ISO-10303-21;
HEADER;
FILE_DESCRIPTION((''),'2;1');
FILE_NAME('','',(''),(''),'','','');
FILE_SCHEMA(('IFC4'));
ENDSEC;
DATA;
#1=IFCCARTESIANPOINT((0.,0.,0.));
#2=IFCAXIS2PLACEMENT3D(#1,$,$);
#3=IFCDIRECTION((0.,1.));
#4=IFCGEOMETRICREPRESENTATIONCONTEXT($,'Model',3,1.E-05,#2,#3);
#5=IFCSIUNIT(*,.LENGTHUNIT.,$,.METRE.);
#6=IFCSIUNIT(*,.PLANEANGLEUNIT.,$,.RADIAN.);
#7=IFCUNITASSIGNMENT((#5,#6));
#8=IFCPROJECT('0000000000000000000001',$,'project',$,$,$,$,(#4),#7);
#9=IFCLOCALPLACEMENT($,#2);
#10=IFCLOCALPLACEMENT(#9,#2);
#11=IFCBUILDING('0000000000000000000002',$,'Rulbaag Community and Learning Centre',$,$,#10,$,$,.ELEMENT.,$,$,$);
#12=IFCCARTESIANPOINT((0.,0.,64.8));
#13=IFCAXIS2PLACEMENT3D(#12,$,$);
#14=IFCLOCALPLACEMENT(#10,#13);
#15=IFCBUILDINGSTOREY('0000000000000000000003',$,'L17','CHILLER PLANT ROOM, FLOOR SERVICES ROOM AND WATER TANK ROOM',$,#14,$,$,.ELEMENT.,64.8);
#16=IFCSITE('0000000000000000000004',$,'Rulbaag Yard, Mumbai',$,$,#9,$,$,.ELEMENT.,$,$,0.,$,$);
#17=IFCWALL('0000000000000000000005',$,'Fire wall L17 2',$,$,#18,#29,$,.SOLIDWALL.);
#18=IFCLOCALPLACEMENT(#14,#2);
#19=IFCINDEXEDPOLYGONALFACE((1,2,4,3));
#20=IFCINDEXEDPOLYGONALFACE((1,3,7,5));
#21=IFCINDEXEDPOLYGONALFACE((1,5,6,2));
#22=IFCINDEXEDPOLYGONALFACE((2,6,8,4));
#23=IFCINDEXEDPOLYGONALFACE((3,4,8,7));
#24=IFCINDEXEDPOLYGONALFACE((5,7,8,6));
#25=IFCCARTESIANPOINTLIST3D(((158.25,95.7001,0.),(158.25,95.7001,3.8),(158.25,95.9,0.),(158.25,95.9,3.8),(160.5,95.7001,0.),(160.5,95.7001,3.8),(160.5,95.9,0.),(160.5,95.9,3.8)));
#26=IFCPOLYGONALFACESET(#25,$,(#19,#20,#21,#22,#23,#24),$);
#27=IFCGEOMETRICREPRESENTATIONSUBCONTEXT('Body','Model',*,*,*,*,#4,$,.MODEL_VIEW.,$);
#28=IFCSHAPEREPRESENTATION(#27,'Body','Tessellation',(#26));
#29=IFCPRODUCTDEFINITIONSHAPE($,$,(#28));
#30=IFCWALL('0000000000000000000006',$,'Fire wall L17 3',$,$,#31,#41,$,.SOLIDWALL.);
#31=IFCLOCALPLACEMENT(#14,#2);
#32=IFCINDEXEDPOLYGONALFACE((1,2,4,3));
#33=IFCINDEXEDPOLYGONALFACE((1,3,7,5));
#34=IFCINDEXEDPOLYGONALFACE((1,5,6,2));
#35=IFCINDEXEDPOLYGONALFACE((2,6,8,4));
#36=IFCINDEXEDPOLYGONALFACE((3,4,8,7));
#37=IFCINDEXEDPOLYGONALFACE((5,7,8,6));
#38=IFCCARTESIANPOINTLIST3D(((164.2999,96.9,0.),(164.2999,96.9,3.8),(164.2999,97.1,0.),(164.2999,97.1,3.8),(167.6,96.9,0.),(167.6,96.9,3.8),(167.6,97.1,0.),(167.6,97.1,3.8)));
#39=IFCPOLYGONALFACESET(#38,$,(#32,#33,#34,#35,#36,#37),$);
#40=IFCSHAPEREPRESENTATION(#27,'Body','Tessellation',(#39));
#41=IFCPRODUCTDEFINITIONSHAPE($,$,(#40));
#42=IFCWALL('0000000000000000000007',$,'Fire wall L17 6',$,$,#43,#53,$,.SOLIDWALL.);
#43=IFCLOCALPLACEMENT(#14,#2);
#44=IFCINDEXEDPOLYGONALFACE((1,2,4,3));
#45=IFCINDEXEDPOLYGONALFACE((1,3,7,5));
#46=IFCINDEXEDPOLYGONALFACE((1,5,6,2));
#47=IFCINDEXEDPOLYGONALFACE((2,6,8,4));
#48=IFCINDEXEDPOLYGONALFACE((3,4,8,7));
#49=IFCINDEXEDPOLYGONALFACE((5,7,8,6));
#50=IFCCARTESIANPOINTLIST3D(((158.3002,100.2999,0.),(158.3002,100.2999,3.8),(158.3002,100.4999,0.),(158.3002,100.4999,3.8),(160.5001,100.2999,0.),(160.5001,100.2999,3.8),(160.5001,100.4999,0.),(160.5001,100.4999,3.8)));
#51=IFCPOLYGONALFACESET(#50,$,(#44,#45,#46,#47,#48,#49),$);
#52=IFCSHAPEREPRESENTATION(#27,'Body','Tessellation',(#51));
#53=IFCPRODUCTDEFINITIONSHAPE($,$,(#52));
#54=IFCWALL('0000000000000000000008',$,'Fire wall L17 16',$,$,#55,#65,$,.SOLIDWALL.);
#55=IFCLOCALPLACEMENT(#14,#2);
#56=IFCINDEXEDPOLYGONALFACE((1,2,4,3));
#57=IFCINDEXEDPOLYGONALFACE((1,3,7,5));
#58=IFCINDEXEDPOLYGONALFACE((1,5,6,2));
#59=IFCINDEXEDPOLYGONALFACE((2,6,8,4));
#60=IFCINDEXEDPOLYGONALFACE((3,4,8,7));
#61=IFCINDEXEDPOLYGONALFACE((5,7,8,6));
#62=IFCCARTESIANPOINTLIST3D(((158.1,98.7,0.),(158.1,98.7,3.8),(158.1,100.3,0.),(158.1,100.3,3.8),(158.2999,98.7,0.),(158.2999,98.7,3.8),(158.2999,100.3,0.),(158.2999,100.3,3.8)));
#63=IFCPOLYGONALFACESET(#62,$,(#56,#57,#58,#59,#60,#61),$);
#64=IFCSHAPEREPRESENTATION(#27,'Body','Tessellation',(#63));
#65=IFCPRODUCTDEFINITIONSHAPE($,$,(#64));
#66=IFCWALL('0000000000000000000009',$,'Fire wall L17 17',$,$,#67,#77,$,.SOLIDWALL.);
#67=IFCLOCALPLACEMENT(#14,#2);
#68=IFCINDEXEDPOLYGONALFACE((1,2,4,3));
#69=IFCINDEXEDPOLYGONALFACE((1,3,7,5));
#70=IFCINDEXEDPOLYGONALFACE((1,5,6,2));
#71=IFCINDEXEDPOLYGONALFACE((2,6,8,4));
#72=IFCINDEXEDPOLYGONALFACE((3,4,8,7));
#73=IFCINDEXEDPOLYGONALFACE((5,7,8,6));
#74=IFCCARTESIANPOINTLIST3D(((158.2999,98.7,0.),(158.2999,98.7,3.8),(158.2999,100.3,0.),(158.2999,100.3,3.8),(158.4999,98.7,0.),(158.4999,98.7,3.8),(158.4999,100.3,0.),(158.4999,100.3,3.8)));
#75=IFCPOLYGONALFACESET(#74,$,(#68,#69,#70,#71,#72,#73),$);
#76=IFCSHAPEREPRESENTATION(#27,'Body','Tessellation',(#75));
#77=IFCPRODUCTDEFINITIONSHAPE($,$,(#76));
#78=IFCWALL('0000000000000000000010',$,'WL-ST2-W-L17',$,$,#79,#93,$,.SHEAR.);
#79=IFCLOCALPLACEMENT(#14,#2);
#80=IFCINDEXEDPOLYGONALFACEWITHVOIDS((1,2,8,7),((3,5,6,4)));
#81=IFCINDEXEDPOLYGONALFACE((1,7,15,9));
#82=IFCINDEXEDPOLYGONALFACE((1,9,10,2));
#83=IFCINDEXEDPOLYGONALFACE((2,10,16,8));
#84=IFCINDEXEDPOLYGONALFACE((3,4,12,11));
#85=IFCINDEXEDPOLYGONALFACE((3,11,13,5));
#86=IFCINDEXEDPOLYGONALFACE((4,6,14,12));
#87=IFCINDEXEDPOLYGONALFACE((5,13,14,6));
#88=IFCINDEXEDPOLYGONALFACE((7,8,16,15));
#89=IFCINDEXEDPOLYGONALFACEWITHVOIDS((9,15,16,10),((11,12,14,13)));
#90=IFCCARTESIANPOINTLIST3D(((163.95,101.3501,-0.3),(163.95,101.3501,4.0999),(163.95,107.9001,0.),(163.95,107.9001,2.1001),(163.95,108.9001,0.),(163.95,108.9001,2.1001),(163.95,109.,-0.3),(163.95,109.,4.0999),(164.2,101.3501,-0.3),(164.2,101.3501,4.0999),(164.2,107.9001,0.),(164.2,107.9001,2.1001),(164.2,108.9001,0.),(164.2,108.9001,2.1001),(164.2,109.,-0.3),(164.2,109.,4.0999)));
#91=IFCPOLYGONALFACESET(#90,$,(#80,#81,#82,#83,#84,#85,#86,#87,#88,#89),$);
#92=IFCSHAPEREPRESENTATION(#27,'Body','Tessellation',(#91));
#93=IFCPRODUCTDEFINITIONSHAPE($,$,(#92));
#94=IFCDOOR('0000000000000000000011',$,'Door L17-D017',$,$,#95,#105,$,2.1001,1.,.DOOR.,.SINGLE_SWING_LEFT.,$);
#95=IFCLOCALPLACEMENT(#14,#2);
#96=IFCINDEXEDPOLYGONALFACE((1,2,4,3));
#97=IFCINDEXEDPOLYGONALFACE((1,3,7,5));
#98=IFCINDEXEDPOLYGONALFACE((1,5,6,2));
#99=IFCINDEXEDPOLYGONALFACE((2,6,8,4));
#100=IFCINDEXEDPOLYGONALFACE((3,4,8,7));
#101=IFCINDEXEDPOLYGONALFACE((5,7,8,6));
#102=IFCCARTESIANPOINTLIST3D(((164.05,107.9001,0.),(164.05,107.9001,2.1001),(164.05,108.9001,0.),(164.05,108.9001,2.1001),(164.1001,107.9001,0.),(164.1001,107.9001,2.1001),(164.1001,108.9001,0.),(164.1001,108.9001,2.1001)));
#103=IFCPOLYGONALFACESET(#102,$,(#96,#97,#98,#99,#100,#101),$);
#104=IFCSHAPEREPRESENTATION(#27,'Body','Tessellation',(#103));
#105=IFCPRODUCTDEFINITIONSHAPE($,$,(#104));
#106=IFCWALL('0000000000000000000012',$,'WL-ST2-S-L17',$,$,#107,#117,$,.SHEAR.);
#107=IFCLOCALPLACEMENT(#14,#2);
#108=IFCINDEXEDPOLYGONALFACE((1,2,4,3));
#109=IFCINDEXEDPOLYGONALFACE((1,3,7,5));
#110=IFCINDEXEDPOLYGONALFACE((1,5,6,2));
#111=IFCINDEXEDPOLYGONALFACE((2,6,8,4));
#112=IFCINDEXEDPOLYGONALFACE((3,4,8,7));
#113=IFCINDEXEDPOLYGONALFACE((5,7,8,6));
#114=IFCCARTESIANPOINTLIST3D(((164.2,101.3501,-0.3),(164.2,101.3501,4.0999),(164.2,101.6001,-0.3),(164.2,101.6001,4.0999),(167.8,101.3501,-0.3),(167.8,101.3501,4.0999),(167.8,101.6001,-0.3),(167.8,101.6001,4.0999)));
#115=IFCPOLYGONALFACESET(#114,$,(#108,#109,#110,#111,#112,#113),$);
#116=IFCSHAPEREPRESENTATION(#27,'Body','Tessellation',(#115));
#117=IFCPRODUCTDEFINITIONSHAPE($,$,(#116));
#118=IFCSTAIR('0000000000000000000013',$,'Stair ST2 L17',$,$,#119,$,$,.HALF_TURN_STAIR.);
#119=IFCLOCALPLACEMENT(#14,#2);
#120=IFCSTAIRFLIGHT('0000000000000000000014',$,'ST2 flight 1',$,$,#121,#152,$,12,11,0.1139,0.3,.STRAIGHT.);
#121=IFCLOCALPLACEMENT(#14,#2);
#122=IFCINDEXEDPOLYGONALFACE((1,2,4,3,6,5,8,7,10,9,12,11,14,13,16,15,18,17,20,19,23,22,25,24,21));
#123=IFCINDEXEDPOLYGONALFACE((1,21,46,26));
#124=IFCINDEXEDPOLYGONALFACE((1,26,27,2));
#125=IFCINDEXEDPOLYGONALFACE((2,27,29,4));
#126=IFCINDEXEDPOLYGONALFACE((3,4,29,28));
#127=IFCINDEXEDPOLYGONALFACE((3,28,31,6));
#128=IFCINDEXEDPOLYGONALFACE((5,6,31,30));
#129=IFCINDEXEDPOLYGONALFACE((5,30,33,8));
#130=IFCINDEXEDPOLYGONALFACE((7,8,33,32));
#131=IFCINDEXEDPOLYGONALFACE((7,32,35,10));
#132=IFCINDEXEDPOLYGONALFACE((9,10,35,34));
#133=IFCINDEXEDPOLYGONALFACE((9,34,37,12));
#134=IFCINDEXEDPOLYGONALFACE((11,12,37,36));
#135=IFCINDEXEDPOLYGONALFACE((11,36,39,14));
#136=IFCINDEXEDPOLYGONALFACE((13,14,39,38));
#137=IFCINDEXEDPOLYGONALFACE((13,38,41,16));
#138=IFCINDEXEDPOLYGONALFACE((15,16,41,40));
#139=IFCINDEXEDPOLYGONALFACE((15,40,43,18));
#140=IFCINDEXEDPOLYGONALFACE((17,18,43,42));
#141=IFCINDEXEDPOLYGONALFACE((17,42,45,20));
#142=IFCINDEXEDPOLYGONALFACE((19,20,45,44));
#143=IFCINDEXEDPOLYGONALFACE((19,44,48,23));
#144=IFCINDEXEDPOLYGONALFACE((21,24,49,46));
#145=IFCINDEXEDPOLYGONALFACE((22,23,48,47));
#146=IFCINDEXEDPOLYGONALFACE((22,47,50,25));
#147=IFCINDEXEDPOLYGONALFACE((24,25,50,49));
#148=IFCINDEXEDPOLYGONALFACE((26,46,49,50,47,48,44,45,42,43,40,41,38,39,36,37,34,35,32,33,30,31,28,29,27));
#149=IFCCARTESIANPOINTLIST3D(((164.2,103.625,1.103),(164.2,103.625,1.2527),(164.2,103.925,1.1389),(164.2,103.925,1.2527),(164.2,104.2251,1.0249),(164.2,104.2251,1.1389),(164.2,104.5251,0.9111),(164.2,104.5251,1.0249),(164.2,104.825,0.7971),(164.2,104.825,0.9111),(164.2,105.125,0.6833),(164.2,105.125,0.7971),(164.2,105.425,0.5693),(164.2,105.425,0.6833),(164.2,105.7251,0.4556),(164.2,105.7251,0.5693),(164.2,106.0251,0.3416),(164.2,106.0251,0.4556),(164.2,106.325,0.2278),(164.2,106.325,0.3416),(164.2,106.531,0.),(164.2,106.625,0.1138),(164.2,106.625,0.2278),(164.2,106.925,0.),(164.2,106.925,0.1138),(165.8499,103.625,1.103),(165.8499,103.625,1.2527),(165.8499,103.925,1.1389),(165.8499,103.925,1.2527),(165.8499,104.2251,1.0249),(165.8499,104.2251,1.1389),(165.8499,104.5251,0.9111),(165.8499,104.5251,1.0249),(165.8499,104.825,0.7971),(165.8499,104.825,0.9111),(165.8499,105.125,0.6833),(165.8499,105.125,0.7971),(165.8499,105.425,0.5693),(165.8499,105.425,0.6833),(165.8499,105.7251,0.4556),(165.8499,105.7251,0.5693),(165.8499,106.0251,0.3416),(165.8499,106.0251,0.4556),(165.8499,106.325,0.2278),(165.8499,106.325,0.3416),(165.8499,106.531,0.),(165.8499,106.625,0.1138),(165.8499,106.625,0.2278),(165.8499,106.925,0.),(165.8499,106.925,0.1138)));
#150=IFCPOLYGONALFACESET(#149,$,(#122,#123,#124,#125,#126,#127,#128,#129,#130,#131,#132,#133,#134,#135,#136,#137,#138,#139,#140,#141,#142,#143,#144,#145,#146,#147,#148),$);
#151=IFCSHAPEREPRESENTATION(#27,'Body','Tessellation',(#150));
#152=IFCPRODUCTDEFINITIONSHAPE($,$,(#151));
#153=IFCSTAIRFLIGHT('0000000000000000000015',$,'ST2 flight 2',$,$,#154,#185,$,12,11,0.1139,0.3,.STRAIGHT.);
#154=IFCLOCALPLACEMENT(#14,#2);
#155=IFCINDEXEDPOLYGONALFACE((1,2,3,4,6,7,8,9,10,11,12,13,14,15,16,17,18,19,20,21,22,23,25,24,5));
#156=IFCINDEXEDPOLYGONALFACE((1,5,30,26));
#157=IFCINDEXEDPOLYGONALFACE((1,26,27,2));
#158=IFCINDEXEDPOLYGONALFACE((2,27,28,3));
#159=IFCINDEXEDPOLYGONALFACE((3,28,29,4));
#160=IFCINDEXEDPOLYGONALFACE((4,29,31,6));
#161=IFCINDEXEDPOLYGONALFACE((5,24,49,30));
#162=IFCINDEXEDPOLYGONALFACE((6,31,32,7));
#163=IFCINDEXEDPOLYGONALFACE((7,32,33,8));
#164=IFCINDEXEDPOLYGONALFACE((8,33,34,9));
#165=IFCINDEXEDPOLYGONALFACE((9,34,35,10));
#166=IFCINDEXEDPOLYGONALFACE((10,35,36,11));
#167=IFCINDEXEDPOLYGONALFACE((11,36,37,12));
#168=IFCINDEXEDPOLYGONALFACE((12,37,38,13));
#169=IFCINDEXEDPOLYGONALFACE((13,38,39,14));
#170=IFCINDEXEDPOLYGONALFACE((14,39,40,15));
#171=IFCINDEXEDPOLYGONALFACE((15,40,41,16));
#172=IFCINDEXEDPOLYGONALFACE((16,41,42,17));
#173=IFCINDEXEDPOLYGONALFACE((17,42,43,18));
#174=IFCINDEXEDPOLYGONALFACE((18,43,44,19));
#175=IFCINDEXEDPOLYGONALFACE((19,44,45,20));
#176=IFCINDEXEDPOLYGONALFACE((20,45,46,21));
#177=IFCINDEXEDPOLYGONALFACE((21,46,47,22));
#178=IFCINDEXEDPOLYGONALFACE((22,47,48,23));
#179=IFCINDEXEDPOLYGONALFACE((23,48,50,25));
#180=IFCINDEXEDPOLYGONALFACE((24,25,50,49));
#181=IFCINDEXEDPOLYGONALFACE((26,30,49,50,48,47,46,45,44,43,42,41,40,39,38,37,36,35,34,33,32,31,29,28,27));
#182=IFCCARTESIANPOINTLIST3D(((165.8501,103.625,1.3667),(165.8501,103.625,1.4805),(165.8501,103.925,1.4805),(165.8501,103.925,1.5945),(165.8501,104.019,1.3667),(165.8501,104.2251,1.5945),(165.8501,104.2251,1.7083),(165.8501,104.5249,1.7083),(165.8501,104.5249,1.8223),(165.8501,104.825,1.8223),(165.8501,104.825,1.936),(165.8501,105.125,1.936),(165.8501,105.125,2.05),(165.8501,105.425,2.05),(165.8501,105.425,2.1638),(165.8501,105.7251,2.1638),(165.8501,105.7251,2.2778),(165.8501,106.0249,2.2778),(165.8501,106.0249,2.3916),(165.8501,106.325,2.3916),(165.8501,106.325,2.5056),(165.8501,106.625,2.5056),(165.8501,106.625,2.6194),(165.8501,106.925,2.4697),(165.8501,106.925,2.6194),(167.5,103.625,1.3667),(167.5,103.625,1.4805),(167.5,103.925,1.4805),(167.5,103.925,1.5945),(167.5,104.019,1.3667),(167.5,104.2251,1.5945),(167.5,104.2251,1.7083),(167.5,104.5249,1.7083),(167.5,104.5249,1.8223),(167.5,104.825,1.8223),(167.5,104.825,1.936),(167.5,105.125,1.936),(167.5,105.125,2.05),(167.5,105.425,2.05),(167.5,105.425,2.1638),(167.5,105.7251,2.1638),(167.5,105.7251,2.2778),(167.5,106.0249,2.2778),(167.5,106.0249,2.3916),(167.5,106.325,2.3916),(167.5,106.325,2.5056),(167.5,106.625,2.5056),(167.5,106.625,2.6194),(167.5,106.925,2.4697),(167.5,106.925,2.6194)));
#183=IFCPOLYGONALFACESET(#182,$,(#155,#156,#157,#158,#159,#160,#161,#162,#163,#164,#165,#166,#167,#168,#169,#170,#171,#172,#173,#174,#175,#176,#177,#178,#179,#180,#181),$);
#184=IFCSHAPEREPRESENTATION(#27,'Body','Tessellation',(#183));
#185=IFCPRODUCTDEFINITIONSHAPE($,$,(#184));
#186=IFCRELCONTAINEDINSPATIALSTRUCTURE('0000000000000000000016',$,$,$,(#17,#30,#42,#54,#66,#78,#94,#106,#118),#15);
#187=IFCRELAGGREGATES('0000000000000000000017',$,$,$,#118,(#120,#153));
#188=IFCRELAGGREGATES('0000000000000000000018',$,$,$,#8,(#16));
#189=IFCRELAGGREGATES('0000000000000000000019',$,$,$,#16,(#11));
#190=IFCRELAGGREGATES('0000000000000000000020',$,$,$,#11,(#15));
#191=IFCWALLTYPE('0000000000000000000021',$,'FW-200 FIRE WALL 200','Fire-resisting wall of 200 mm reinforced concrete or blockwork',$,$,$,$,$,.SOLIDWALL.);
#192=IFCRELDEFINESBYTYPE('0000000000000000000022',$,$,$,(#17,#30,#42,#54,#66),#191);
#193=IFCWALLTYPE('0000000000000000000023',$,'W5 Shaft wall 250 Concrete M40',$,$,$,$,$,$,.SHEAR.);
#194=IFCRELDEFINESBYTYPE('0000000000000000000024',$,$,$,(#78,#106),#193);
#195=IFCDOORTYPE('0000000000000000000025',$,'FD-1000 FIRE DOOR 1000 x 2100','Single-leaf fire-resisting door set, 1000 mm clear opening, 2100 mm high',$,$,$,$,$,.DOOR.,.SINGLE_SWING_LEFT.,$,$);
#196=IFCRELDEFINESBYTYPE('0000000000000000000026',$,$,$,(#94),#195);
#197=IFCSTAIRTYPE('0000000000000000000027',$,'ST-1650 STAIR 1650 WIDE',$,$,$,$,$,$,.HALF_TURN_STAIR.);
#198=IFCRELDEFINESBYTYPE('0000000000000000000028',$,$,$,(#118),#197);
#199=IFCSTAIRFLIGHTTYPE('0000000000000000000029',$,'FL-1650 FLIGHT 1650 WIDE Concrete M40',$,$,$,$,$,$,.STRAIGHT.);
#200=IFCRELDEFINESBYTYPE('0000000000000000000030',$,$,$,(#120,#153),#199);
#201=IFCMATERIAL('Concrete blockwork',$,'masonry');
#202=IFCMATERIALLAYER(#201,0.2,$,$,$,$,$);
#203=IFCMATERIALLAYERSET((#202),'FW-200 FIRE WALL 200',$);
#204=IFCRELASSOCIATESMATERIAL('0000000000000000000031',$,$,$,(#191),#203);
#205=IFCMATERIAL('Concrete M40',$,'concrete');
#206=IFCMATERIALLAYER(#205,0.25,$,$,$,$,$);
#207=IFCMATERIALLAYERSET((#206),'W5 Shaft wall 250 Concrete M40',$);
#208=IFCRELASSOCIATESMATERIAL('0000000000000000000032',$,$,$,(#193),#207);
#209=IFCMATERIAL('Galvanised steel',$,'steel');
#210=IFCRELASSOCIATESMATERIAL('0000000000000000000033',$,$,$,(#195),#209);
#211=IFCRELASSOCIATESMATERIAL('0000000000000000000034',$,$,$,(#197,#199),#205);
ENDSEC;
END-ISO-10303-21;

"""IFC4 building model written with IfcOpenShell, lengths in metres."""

from ifc_helpers import new_model, si_unit, direction, frame, frame_2d, origin, place, context, subcontext, project, spatial, polyline, rectangle, outline, extrude, material, layer, layer_set, type_object, element, fill, aggregate, save


model = new_model("IFC4")

# Units and contexts
model_context = context("Model", 3, precision=1e-05, world=origin(), true_north=direction((0.0, 1.0)))
body_context = subcontext(model_context, "Body", "Model", "MODEL_VIEW")
ifc_project = project(units=[si_unit("LENGTHUNIT", "METRE"), si_unit("PLANEANGLEUNIT", "RADIAN")], contexts=[model_context])

# Site, building, storey
site_placement = place(None, origin())
site = spatial("IfcSite", under=ifc_project, at=site_placement, Name="Rulbaag Yard, Mumbai", CompositionType="ELEMENT", RefElevation=0.0)
building_placement = place(site_placement, origin())
building = spatial("IfcBuilding", under=site, at=building_placement, Name="Rulbaag Community and Learning Centre", CompositionType="ELEMENT")
storey_placement = place(building_placement, frame((0.0, 0.0, 64.8)))
storey = spatial("IfcBuildingStorey", under=building, at=storey_placement, Name="L17", Description="CHILLER PLANT ROOM, FLOOR SERVICES ROOM AND WATER TANK ROOM", CompositionType="ELEMENT", Elevation=64.8)

# Walls
ifc_material_1 = material(Name="Concrete blockwork", Category="masonry")
ifc_layer_1 = layer(ifc_material_1, 0.2)
ifc_layer_set_1 = layer_set([ifc_layer_1], Name="FW-200 FIRE WALL 200")
wall_type_1 = type_object("IfcWallType", Name="FW-200 FIRE WALL 200", Description="Fire-resisting wall of 200 mm reinforced concrete or blockwork", PredefinedType="SOLIDWALL", material=ifc_layer_set_1)
wall_1_placement = place(storey_placement, frame((158.25, 95.8, 0.0), z_axis=(0.0, 0.0, 1.0), x_axis=(1.0, 0.0, 0.0)))
element("IfcWall", 1, at=wall_1_placement, inside=storey, type_object=wall_type_1, Name="Fire wall L17 2", PredefinedType="SOLIDWALL", context=body_context, shape_type="SweptSolid", body=[
    extrude(rectangle(XDim=2.25, YDim=0.2, at=frame_2d((1.125, 0.0))), origin(), (0.0, 0.0, 1.0), 3.8),
])
wall_2_placement = place(storey_placement, frame((164.3, 97.0, 0.0), z_axis=(0.0, 0.0, 1.0), x_axis=(1.0, 0.0, 0.0)))
element("IfcWall", 2, at=wall_2_placement, inside=storey, type_object=wall_type_1, Name="Fire wall L17 3", PredefinedType="SOLIDWALL", context=body_context, shape_type="SweptSolid", body=[
    extrude(rectangle(XDim=3.3, YDim=0.2, at=frame_2d((1.6499, 0.0))), origin(), (0.0, 0.0, 1.0), 3.8),
])
wall_3_placement = place(storey_placement, frame((158.3, 100.3999, 0.0), z_axis=(0.0, 0.0, 1.0), x_axis=(1.0, 0.0, 0.0)))
element("IfcWall", 3, at=wall_3_placement, inside=storey, type_object=wall_type_1, Name="Fire wall L17 6", PredefinedType="SOLIDWALL", context=body_context, shape_type="SweptSolid", body=[
    extrude(rectangle(XDim=2.2, YDim=0.2, at=frame_2d((1.1001, 0.0))), origin(), (0.0, 0.0, 1.0), 3.8),
])
for number, where, z_axis, x_axis, name in (
    (4, (158.2, 98.7, 0.0), (0.0, 0.0, 1.0), (0.0, 1.0, 0.0), "Fire wall L17 16"),
    (5, (158.3999, 98.7, 0.0), (0.0, 0.0, 1.0), (0.0, 1.0, 0.0), "Fire wall L17 17"),
):
    element("IfcWall", number, at=place(storey_placement, frame(where, z_axis=z_axis, x_axis=x_axis)), inside=storey, type_object=wall_type_1, Name=name, PredefinedType="SOLIDWALL", context=body_context, shape_type="SweptSolid", body=[
        extrude(rectangle(XDim=1.6001, YDim=0.2, at=frame_2d((0.8, 0.0))), origin(), (0.0, 0.0, 1.0), 3.8),
    ])

# Wall, opening, door
ifc_material_2 = material(Name="Concrete M40", Category="concrete")
ifc_layer_2 = layer(ifc_material_2, 0.25)
ifc_layer_set_2 = layer_set([ifc_layer_2], Name="W5 Shaft wall 250 Concrete M40")
wall_type_2 = type_object("IfcWallType", Name="W5 Shaft wall 250 Concrete M40", PredefinedType="SHEAR", material=ifc_layer_set_2)
wall_4_placement = place(storey_placement, frame((164.075, 101.3501, -0.3), z_axis=(0.0, 0.0, 1.0), x_axis=(0.0, 1.0, 0.0)))
wall_4 = element("IfcWall", 6, at=wall_4_placement, inside=storey, type_object=wall_type_2, Name="WL-ST2-W-L17", PredefinedType="SHEAR", context=body_context, shape_type="SweptSolid", body=[
    extrude(rectangle(XDim=7.6499, YDim=0.25, at=frame_2d((3.825, 0.0))), origin(), (0.0, 0.0, 1.0), 4.3999),
])
opening_1_placement = place(wall_4_placement, frame((6.55, 0.0, 0.3)))
opening_1 = element("IfcOpeningElement", 7, at=opening_1_placement, cuts=wall_4, PredefinedType="OPENING", context=body_context, shape_type="SweptSolid", body=[
    extrude(rectangle(XDim=1.0, YDim=2.1001, at=frame_2d((0.5, 1.05))), frame((0.0, 0.135, 0.0), z_axis=(0.0, -1.0, 0.0), x_axis=(1.0, 0.0, 0.0)), (0.0, 0.0, 1.0), 0.27),
])
ifc_material_3 = material(Name="Galvanised steel", Category="steel")
door_type = type_object("IfcDoorType", Name="FD-1000 FIRE DOOR 1000 x 2100", Description="Single-leaf fire-resisting door set, 1000 mm clear opening, 2100 mm high", OperationType="SINGLE_SWING_LEFT", PredefinedType="DOOR", material=ifc_material_3)
door_placement = place(opening_1_placement, origin())
door = element("IfcDoor", 8, at=door_placement, inside=storey, type_object=door_type, Name="Door L17-D017", OperationType="SINGLE_SWING_LEFT", OverallHeight=2.1001, OverallWidth=1.0, PredefinedType="DOOR", context=body_context, shape_type="SweptSolid", body=[
    extrude(rectangle(XDim=1.0, YDim=2.1001, at=frame_2d((0.5, 1.05))), frame((0.0, 0.0249, 0.0), z_axis=(0.0, -1.0, 0.0), x_axis=(1.0, 0.0, 0.0)), (0.0, 0.0, 1.0), 0.05),
])
fill(opening_1, door)

# Wall
wall_5_placement = place(storey_placement, frame((164.2, 101.4751, -0.3), z_axis=(0.0, 0.0, 1.0), x_axis=(1.0, 0.0, 0.0)))
element("IfcWall", 9, at=wall_5_placement, inside=storey, type_object=wall_type_2, Name="WL-ST2-S-L17", PredefinedType="SHEAR", context=body_context, shape_type="SweptSolid", body=[
    extrude(rectangle(XDim=3.6001, YDim=0.25, at=frame_2d((1.8, 0.0))), origin(), (0.0, 0.0, 1.0), 4.3999),
])

# Stair, stair flights
stair_type = type_object("IfcStairType", Name="ST-1650 STAIR 1650 WIDE", PredefinedType="HALF_TURN_STAIR", material=ifc_material_2)
stair_placement = place(storey_placement, origin())
stair = element("IfcStair", 10, at=stair_placement, inside=storey, type_object=stair_type, Name="Stair ST2 L17", PredefinedType="HALF_TURN_STAIR")
stair_flight_type = type_object("IfcStairFlightType", Name="FL-1650 FLIGHT 1650 WIDE Concrete M40", PredefinedType="STRAIGHT", material=ifc_material_2)
stair_flight_1_placement = place(storey_placement, frame((165.0249, 106.925, 0.0), z_axis=(0.0, 0.0, 1.0), x_axis=(0.0, -1.0, 0.0)))
stair_flight_1 = element("IfcStairFlight", 11, at=stair_flight_1_placement, type_object=stair_flight_type, Name="ST2 flight 1", NumberOfRisers=12, NumberOfTreads=11, PredefinedType="STRAIGHT", RiserHeight=0.1139, TreadLength=0.3, context=body_context, shape_type="SweptSolid", body=[
    extrude(outline(polyline([(0.0, 0.0), (0.0, 0.1138), (0.3, 0.1138), (0.3, 0.2278), (0.6001, 0.2278), (0.6001, 0.3416), (0.8999, 0.3416), (0.8999, 0.4556), (1.2, 0.4556), (1.2, 0.5693), (1.5, 0.5693), (1.5, 0.6833), (1.8, 0.6833), (1.8, 0.7971), (2.1001, 0.7971), (2.1001, 0.9111), (2.3999, 0.9111), (2.3999, 1.0249), (2.7, 1.0249), (2.7, 1.1389), (3.0, 1.1389), (3.0, 1.2527), (3.3, 1.2527), (3.3, 1.103), (0.394, 0.0), (0.0, 0.0)])), frame((0.0, 0.825, 0.0), z_axis=(0.0, -1.0, 0.0), x_axis=(1.0, 0.0, 0.0)), (0.0, 0.0, 1.0), 1.6499),
])
stair_flight_2_placement = place(storey_placement, frame((166.675, 103.625, 1.3667), z_axis=(0.0, 0.0, 1.0), x_axis=(0.0, 1.0, 0.0)))
stair_flight_2 = element("IfcStairFlight", 12, at=stair_flight_2_placement, type_object=stair_flight_type, Name="ST2 flight 2", NumberOfRisers=12, NumberOfTreads=11, PredefinedType="STRAIGHT", RiserHeight=0.1139, TreadLength=0.3, context=body_context, shape_type="SweptSolid", body=[
    extrude(outline(polyline([(0.0, 0.0), (0.0, 0.1138), (0.3, 0.1138), (0.3, 0.2278), (0.6001, 0.2278), (0.6001, 0.3416), (0.8999, 0.3416), (0.8999, 0.4556), (1.2, 0.4556), (1.2, 0.5693), (1.5, 0.5693), (1.5, 0.6833), (1.8, 0.6833), (1.8, 0.7971), (2.1001, 0.7971), (2.1001, 0.9111), (2.3999, 0.9111), (2.3999, 1.0249), (2.7, 1.0249), (2.7, 1.1389), (3.0, 1.1389), (3.0, 1.2527), (3.3, 1.2527), (3.3, 1.103), (0.394, 0.0), (0.0, 0.0)])), frame((0.0, 0.825, 0.0), z_axis=(0.0, -1.0, 0.0), x_axis=(1.0, 0.0, 0.0)), (0.0, 0.0, 1.0), 1.6499),
])
aggregate(stair, [stair_flight_1, stair_flight_2])

save(model, "model.ifc")
